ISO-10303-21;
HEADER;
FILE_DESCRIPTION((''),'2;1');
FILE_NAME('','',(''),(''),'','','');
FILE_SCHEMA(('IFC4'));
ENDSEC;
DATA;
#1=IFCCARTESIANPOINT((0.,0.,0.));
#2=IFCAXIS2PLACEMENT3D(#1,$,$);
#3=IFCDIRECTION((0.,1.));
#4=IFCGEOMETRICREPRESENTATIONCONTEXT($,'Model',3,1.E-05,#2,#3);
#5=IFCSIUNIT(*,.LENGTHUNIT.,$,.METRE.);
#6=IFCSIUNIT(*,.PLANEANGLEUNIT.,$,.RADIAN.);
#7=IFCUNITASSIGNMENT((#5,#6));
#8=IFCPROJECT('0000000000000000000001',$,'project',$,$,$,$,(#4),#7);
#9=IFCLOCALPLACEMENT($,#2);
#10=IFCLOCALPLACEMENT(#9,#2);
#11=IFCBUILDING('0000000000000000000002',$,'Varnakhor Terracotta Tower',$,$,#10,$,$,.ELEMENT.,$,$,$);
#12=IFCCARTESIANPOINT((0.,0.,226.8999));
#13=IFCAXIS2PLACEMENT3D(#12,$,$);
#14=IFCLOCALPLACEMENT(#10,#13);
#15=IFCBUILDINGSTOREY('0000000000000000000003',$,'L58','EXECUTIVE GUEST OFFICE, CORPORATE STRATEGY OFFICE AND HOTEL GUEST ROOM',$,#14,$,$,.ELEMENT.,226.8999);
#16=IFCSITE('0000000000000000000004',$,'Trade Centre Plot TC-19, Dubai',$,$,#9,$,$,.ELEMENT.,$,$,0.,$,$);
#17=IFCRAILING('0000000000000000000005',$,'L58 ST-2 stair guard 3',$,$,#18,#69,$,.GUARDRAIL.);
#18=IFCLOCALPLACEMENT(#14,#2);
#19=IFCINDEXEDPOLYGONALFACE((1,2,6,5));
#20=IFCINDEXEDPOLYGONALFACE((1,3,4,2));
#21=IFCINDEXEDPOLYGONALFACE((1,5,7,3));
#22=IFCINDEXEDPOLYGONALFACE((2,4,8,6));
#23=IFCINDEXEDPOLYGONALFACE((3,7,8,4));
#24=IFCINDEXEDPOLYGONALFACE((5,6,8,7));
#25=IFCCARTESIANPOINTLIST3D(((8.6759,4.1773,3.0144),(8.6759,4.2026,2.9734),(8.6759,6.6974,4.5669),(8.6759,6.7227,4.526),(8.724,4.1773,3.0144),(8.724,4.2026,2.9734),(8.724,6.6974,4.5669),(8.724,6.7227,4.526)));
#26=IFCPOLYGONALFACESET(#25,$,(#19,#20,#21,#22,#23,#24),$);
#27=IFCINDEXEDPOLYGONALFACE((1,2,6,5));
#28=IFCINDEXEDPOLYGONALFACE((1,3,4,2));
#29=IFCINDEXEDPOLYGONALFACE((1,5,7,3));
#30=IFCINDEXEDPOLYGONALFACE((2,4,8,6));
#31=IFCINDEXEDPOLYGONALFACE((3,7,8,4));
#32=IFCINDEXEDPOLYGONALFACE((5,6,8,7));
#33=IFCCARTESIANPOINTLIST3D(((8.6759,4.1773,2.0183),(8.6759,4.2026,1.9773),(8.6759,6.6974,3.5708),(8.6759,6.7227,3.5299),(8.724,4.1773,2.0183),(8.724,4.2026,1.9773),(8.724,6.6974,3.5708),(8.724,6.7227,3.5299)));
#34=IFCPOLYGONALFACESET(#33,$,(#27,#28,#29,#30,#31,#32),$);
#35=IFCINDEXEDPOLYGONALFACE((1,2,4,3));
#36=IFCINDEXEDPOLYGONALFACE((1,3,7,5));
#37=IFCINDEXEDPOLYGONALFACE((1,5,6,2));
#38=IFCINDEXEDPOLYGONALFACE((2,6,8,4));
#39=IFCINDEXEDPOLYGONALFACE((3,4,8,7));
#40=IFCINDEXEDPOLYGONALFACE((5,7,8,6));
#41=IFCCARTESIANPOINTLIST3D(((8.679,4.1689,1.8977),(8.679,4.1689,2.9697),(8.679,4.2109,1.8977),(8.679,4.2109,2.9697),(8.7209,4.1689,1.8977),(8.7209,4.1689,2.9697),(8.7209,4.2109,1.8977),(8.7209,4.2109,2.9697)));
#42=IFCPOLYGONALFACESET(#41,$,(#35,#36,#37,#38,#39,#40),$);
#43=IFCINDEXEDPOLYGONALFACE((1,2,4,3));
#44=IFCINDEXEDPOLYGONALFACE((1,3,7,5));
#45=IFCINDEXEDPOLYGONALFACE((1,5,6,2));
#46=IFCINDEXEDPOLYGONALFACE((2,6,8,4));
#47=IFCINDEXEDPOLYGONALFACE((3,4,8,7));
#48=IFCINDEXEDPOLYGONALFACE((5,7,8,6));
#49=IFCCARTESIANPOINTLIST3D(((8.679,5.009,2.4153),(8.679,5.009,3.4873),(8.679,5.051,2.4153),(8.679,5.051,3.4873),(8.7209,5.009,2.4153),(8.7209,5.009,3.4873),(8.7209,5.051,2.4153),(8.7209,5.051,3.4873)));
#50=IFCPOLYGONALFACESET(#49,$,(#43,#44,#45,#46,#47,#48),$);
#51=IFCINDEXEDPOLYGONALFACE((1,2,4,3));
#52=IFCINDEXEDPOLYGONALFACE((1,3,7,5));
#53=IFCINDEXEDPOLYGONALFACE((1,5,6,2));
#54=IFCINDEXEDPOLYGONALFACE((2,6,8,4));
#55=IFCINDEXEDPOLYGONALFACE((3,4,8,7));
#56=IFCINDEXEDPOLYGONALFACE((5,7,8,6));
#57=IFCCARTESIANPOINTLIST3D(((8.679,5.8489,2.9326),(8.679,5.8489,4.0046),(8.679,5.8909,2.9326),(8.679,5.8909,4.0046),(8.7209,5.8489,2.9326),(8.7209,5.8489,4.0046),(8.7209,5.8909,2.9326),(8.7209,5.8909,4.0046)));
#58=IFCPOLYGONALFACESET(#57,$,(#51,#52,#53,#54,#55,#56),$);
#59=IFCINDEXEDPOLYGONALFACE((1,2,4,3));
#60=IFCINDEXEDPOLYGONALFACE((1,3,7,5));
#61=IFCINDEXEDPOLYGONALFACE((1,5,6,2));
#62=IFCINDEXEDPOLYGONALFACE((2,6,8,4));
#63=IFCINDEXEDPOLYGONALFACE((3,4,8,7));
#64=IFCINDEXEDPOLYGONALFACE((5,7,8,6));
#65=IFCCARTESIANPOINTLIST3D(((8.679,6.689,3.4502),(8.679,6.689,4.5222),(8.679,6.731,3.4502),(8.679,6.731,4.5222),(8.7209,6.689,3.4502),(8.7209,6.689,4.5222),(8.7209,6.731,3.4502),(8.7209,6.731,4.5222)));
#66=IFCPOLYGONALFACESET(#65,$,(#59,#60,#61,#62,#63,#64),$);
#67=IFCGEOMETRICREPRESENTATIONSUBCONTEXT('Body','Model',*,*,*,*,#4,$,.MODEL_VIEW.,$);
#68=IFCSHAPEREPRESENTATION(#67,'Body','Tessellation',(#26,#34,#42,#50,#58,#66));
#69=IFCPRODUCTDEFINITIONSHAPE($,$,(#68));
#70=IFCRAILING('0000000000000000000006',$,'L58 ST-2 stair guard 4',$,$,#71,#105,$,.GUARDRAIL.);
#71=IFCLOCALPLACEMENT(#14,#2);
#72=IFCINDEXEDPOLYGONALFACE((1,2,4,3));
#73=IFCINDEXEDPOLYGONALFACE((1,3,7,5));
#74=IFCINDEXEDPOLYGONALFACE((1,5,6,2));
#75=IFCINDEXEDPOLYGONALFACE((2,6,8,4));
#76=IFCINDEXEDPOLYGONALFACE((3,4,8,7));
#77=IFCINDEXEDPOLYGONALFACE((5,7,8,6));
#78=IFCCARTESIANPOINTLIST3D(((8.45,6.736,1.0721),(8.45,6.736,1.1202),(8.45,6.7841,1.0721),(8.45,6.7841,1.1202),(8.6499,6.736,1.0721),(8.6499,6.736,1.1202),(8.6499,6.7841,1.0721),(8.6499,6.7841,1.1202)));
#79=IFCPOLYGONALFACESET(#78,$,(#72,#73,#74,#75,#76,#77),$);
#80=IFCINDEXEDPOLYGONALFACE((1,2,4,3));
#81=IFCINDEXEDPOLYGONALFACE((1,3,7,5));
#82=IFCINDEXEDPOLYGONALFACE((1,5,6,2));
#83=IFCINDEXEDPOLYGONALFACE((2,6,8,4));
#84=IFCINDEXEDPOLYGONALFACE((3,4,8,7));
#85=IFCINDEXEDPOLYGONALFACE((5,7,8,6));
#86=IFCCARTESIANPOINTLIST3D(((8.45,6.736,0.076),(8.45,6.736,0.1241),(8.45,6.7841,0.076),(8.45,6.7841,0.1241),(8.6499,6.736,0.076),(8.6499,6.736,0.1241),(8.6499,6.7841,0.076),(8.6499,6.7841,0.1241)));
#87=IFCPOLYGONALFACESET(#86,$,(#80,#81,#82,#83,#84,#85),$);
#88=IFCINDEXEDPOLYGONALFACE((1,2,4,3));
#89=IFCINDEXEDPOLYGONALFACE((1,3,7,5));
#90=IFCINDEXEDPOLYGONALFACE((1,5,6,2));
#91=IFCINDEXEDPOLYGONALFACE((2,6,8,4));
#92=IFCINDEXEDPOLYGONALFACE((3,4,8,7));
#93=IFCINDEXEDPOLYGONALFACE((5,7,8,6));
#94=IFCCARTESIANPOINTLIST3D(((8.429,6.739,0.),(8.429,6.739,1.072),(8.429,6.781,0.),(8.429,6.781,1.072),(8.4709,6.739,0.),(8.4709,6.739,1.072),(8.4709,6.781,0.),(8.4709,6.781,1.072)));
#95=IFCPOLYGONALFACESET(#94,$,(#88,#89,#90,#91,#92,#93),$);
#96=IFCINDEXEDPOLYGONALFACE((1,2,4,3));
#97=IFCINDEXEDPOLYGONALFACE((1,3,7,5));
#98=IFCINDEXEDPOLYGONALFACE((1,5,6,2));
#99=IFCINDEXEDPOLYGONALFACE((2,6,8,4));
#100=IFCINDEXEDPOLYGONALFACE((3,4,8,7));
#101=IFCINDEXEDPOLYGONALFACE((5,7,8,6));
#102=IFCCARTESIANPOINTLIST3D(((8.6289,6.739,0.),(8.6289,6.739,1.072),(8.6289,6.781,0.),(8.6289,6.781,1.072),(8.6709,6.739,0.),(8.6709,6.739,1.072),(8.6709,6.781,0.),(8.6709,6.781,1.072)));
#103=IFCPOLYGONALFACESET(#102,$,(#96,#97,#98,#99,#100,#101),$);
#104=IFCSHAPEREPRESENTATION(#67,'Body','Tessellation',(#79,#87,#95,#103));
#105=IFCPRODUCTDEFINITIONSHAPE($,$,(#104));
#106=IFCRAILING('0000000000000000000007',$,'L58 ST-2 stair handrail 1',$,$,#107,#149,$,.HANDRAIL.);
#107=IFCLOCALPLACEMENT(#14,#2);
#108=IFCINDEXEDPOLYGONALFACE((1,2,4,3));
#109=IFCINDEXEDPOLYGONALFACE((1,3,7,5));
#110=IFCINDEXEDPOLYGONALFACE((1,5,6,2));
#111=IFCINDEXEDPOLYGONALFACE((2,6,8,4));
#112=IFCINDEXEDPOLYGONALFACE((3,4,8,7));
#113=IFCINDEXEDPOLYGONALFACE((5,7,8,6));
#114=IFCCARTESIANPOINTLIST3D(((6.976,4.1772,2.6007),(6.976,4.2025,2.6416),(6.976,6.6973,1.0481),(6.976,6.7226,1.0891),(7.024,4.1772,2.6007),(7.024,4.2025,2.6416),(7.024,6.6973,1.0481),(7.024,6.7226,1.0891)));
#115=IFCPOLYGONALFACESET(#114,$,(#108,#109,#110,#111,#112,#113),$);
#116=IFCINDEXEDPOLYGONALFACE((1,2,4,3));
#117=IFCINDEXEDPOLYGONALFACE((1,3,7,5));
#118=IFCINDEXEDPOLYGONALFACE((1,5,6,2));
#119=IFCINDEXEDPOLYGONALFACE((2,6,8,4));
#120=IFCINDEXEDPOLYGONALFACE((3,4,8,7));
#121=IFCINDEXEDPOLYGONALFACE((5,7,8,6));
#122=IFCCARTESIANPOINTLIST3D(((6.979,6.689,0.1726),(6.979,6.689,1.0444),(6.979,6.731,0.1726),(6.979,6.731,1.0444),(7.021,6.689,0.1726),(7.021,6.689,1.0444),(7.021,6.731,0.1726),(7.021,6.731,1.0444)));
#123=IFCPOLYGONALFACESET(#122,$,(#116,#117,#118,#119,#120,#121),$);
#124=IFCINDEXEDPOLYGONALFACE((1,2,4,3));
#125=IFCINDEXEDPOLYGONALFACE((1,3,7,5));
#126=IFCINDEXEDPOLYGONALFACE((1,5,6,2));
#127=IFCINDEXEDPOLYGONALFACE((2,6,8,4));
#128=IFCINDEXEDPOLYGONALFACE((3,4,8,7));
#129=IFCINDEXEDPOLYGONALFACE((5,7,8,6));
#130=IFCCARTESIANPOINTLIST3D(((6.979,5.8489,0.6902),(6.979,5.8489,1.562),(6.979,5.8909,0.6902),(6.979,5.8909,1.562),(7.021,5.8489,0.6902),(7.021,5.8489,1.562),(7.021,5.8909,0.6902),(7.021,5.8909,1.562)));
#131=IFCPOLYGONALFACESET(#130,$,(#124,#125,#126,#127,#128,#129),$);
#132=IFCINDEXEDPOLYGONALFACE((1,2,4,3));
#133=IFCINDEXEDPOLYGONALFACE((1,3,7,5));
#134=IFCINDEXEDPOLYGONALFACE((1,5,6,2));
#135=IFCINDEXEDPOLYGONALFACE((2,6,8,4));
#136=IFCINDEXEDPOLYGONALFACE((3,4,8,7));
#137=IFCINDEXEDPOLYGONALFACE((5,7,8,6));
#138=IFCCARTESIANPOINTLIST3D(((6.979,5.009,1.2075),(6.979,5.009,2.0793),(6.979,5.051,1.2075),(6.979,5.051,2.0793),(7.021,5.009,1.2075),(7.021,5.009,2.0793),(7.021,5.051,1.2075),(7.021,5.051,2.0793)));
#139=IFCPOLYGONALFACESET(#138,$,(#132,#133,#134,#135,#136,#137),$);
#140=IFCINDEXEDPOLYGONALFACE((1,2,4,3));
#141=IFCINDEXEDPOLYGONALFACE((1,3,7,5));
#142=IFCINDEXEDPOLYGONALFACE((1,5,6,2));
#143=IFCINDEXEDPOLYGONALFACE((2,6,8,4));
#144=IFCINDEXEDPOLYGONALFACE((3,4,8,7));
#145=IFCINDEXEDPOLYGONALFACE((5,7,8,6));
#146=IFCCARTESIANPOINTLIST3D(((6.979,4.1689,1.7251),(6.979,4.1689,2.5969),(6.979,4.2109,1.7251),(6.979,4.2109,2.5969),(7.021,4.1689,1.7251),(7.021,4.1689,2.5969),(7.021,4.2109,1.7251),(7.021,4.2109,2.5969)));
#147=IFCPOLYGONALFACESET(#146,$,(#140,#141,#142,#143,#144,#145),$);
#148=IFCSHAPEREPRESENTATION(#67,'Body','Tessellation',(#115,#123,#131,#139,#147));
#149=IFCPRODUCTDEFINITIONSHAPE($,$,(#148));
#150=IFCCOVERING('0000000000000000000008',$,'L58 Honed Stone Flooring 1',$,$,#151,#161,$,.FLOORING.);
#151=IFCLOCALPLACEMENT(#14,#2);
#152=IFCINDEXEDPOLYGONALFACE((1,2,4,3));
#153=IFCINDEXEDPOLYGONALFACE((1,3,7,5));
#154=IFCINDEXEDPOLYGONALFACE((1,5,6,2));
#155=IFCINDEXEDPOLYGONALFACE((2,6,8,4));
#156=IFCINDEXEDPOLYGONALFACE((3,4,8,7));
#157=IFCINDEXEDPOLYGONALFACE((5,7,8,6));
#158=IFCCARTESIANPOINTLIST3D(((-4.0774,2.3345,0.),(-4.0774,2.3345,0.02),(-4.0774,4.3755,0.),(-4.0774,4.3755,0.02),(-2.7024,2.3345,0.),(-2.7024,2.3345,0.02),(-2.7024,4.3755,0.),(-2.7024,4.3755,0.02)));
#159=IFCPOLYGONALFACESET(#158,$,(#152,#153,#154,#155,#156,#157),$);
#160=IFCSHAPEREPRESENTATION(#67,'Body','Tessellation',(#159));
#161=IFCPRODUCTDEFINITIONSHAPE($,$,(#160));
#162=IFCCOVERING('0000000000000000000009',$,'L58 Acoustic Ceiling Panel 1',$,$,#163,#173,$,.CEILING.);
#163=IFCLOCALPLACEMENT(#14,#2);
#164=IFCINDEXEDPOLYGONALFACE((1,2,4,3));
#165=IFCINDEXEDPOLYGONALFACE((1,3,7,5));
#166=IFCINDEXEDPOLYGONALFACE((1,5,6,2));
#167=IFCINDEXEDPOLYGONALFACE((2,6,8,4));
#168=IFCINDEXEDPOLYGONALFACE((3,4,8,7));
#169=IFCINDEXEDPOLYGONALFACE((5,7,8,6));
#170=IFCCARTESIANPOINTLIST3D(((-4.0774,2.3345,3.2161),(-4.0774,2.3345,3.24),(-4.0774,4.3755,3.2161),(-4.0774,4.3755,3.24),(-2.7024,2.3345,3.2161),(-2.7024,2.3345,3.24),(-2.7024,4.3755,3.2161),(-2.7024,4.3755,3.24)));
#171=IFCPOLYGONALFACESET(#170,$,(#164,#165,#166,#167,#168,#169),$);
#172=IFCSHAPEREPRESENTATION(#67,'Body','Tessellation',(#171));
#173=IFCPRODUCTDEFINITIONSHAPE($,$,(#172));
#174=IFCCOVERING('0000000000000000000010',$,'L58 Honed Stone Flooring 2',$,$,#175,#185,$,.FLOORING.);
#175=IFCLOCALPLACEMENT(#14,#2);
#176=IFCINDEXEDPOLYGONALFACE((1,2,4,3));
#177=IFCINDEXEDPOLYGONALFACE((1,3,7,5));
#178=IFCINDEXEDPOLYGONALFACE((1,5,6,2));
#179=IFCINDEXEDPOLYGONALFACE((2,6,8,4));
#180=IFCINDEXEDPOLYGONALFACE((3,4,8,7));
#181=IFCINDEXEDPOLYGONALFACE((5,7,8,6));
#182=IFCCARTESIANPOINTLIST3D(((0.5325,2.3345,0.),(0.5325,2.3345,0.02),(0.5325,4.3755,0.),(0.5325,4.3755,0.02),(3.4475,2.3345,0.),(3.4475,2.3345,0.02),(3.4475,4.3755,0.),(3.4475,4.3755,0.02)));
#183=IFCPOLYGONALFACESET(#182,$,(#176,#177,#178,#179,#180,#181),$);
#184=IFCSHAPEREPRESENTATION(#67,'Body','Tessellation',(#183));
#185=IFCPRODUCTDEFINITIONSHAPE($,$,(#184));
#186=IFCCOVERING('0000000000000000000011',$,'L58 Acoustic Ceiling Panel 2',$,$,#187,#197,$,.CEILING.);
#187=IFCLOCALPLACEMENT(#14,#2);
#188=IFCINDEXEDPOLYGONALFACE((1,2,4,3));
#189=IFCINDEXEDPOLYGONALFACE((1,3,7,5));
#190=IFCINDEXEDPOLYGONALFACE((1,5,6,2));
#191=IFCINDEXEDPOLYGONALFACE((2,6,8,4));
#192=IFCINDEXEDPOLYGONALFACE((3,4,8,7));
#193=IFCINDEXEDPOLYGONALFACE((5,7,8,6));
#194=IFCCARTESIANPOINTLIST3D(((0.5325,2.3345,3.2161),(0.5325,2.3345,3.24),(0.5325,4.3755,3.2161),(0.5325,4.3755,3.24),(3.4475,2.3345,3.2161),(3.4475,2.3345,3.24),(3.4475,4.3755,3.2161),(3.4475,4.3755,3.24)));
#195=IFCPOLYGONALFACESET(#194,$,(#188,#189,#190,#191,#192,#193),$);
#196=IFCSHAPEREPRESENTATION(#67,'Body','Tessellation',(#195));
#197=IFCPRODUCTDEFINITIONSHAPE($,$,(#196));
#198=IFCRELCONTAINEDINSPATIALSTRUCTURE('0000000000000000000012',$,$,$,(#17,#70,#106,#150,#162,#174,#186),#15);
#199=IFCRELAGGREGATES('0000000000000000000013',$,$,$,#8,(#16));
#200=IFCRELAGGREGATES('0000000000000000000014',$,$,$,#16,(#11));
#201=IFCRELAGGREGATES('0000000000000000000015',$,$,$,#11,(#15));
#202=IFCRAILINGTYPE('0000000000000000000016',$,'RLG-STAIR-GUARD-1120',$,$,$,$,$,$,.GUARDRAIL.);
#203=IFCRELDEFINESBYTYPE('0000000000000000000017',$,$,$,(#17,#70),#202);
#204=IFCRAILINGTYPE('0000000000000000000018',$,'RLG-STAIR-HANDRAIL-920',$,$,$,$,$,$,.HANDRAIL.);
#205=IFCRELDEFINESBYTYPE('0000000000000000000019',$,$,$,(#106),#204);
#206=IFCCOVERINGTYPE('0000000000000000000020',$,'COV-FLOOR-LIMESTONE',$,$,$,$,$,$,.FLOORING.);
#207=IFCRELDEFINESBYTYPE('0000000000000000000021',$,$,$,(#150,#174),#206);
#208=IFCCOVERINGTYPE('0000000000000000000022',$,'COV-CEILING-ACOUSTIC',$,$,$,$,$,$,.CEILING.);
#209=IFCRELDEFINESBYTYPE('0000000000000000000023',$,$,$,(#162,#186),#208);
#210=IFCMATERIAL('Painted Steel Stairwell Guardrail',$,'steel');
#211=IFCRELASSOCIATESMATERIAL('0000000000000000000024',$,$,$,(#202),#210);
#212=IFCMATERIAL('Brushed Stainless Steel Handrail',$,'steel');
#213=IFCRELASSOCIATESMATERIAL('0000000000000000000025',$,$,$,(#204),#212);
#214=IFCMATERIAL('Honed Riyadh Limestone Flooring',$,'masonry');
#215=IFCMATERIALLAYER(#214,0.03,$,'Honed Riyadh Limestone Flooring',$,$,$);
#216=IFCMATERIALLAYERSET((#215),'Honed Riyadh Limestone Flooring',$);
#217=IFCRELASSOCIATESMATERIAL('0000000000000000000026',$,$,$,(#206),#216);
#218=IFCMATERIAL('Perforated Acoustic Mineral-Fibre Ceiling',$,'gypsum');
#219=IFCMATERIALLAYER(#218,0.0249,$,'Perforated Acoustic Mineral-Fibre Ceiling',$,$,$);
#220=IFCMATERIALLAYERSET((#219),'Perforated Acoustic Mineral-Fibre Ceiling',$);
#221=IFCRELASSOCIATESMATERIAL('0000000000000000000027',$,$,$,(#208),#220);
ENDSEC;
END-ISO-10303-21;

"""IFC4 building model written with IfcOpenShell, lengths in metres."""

from ifc_helpers import new_model, si_unit, direction, frame, origin, origin_2d, place, context, subcontext, project, spatial, rectangle, extrude, source, transform, mapped, material, layer, layer_set, type_object, element, save


model = new_model("IFC4")

# Units and contexts
model_context = context("Model", 3, precision=1e-05, world=origin(), true_north=direction((0.0, 1.0)))
body_context = subcontext(model_context, "Body", "Model", "MODEL_VIEW")
ifc_project = project(units=[si_unit("LENGTHUNIT", "METRE"), si_unit("PLANEANGLEUNIT", "RADIAN")], contexts=[model_context])

# Site, building, storey
site_placement = place(None, origin())
site = spatial("IfcSite", under=ifc_project, at=site_placement, Name="Trade Centre Plot TC-19, Dubai", CompositionType="ELEMENT", RefElevation=0.0)
building_placement = place(site_placement, origin())
building = spatial("IfcBuilding", under=site, at=building_placement, Name="Varnakhor Terracotta Tower", CompositionType="ELEMENT")
storey_placement = place(building_placement, frame((0.0, 0.0, 226.8999)))
storey = spatial("IfcBuildingStorey", under=building, at=storey_placement, Name="L58", Description="EXECUTIVE GUEST OFFICE, CORPORATE STRATEGY OFFICE AND HOTEL GUEST ROOM", CompositionType="ELEMENT", Elevation=226.8999)

# Railings
ifc_material_1 = material(Name="Painted Steel Stairwell Guardrail", Category="steel")
railing_type_1 = type_object("IfcRailingType", Name="RLG-STAIR-GUARD-1120", PredefinedType="GUARDRAIL", material=ifc_material_1)
railing_1_placement = place(storey_placement, frame((8.7, 4.1899, 1.8977)))
element("IfcRailing", 1, at=railing_1_placement, inside=storey, type_object=railing_type_1, Name="L58 ST-2 stair guard 3", PredefinedType="GUARDRAIL", context=body_context, shape_type="SweptSolid", body=[
    extrude(rectangle(XDim=0.0481, YDim=0.0481, at=origin_2d()), frame((0.0, 0.0, 1.0962), z_axis=(0.0, 0.8514, 0.524516), x_axis=(-1.0, 0.0, 0.0)), (0.0, 0.0, 1.0), 2.96),
    extrude(rectangle(XDim=0.0481, YDim=0.0481, at=origin_2d()), frame((0.0, 0.0, 0.1001), z_axis=(0.0, 0.8514, 0.524516), x_axis=(-1.0, 0.0, 0.0)), (0.0, 0.0, 1.0), 2.96),
    extrude(rectangle(XDim=0.042, YDim=0.042, at=origin_2d()), origin(), (0.0, 0.0, 1.0), 1.072),
    extrude(rectangle(XDim=0.042, YDim=0.042, at=origin_2d()), frame((0.0, 0.8401, 0.5176)), (0.0, 0.0, 1.0), 1.072),
    extrude(rectangle(XDim=0.042, YDim=0.042, at=origin_2d()), frame((0.0, 1.6799, 1.0349)), (0.0, 0.0, 1.0), 1.072),
    extrude(rectangle(XDim=0.042, YDim=0.042, at=origin_2d()), frame((0.0, 2.52, 1.5525)), (0.0, 0.0, 1.0), 1.072),
])
railing_2_placement = place(storey_placement, frame((8.45, 6.76, 0.0)))
element("IfcRailing", 2, at=railing_2_placement, inside=storey, type_object=railing_type_1, Name="L58 ST-2 stair guard 4", PredefinedType="GUARDRAIL", context=body_context, shape_type="SweptSolid", body=[
    extrude(rectangle(XDim=0.0481, YDim=0.0481, at=origin_2d()), frame((0.0, 0.0, 1.0962), z_axis=(1.0, 0.0, 0.0), x_axis=(0.0, 1.0, 0.0)), (0.0, 0.0, 1.0), 0.2),
    extrude(rectangle(XDim=0.0481, YDim=0.0481, at=origin_2d()), frame((0.0, 0.0, 0.1001), z_axis=(1.0, 0.0, 0.0), x_axis=(0.0, 1.0, 0.0)), (0.0, 0.0, 1.0), 0.2),
    extrude(rectangle(XDim=0.042, YDim=0.042, at=origin_2d()), origin(), (0.0, 0.0, 1.0), 1.072),
    extrude(rectangle(XDim=0.042, YDim=0.042, at=origin_2d()), frame((0.2, 0.0, 0.0)), (0.0, 0.0, 1.0), 1.072),
])
ifc_material_2 = material(Name="Brushed Stainless Steel Handrail", Category="steel")
railing_type_2 = type_object("IfcRailingType", Name="RLG-STAIR-HANDRAIL-920", PredefinedType="HANDRAIL", material=ifc_material_2)
railing_3_placement = place(storey_placement, frame((7.0, 6.71, 0.1726)))
element("IfcRailing", 3, at=railing_3_placement, inside=storey, type_object=railing_type_2, Name="L58 ST-2 stair handrail 1", PredefinedType="HANDRAIL", context=body_context, shape_type="SweptSolid", body=[
    extrude(rectangle(XDim=0.0481, YDim=0.0481, at=origin_2d()), frame((0.0, 0.0, 0.896), z_axis=(0.0, -0.8514, 0.524516), x_axis=(1.0, 0.0, 0.0)), (0.0, 0.0, 1.0), 2.96),
    extrude(rectangle(XDim=0.042, YDim=0.042, at=origin_2d()), origin(), (0.0, 0.0, 1.0), 0.8718),
    extrude(rectangle(XDim=0.042, YDim=0.042, at=origin_2d()), frame((0.0, -0.8401, 0.5176)), (0.0, 0.0, 1.0), 0.8718),
    extrude(rectangle(XDim=0.042, YDim=0.042, at=origin_2d()), frame((0.0, -1.6799, 1.0349)), (0.0, 0.0, 1.0), 0.8718),
    extrude(rectangle(XDim=0.042, YDim=0.042, at=origin_2d()), frame((0.0, -2.52, 1.5525)), (0.0, 0.0, 1.0), 0.8718),
])

# Coverings
ifc_material_3 = material(Name="Honed Riyadh Limestone Flooring", Category="masonry")
ifc_layer_1 = layer(ifc_material_3, 0.03, Name="Honed Riyadh Limestone Flooring")
ifc_layer_set_1 = layer_set([ifc_layer_1], Name="Honed Riyadh Limestone Flooring")
covering_type_1 = type_object("IfcCoveringType", Name="COV-FLOOR-LIMESTONE", PredefinedType="FLOORING", material=ifc_layer_set_1)
shared_shape_1 = source(origin(), body_context, "Body", "SweptSolid", [
    extrude(rectangle(XDim=1.375, YDim=2.041, at=origin_2d()), origin(), (0.0, 0.0, 1.0), 0.02),
])
covering_1_placement = place(storey_placement, frame((-3.3899, 3.355, 0.0), z_axis=(0.0, 0.0, 1.0), x_axis=(1.0, 0.0, 0.0)))
element("IfcCovering", 4, at=covering_1_placement, inside=storey, type_object=covering_type_1, Name="L58 Honed Stone Flooring 1", PredefinedType="FLOORING", context=body_context, shape_type="MappedRepresentation", body=[
    mapped(shared_shape_1, transform((0.0, 0.0, 0.0), scale=1.0)),
])
ifc_material_4 = material(Name="Perforated Acoustic Mineral-Fibre Ceiling", Category="gypsum")
ifc_layer_2 = layer(ifc_material_4, 0.0249, Name="Perforated Acoustic Mineral-Fibre Ceiling")
ifc_layer_set_2 = layer_set([ifc_layer_2], Name="Perforated Acoustic Mineral-Fibre Ceiling")
covering_type_2 = type_object("IfcCoveringType", Name="COV-CEILING-ACOUSTIC", PredefinedType="CEILING", material=ifc_layer_set_2)
shared_shape_2 = source(origin(), body_context, "Body", "SweptSolid", [
    extrude(rectangle(XDim=1.375, YDim=2.041, at=origin_2d()), origin(), (0.0, 0.0, 1.0), 0.0239),
])
covering_2_placement = place(storey_placement, frame((-3.3899, 3.355, 3.2161), z_axis=(0.0, 0.0, 1.0), x_axis=(1.0, 0.0, 0.0)))
element("IfcCovering", 5, at=covering_2_placement, inside=storey, type_object=covering_type_2, Name="L58 Acoustic Ceiling Panel 1", PredefinedType="CEILING", context=body_context, shape_type="MappedRepresentation", body=[
    mapped(shared_shape_2, transform((0.0, 0.0, 0.0), scale=1.0)),
])
shared_shape_3 = source(origin(), body_context, "Body", "SweptSolid", [
    extrude(rectangle(XDim=2.915, YDim=2.041, at=origin_2d()), origin(), (0.0, 0.0, 1.0), 0.02),
])
covering_3_placement = place(storey_placement, frame((1.99, 3.355, 0.0), z_axis=(0.0, 0.0, 1.0), x_axis=(1.0, 0.0, 0.0)))
element("IfcCovering", 6, at=covering_3_placement, inside=storey, type_object=covering_type_1, Name="L58 Honed Stone Flooring 2", PredefinedType="FLOORING", context=body_context, shape_type="MappedRepresentation", body=[
    mapped(shared_shape_3, transform((0.0, 0.0, 0.0), scale=1.0)),
])
shared_shape_4 = source(origin(), body_context, "Body", "SweptSolid", [
    extrude(rectangle(XDim=2.915, YDim=2.041, at=origin_2d()), origin(), (0.0, 0.0, 1.0), 0.0239),
])
covering_4_placement = place(storey_placement, frame((1.99, 3.355, 3.2161), z_axis=(0.0, 0.0, 1.0), x_axis=(1.0, 0.0, 0.0)))
element("IfcCovering", 7, at=covering_4_placement, inside=storey, type_object=covering_type_2, Name="L58 Acoustic Ceiling Panel 2", PredefinedType="CEILING", context=body_context, shape_type="MappedRepresentation", body=[
    mapped(shared_shape_4, transform((0.0, 0.0, 0.0), scale=1.0)),
])

save(model, "model.ifc")
